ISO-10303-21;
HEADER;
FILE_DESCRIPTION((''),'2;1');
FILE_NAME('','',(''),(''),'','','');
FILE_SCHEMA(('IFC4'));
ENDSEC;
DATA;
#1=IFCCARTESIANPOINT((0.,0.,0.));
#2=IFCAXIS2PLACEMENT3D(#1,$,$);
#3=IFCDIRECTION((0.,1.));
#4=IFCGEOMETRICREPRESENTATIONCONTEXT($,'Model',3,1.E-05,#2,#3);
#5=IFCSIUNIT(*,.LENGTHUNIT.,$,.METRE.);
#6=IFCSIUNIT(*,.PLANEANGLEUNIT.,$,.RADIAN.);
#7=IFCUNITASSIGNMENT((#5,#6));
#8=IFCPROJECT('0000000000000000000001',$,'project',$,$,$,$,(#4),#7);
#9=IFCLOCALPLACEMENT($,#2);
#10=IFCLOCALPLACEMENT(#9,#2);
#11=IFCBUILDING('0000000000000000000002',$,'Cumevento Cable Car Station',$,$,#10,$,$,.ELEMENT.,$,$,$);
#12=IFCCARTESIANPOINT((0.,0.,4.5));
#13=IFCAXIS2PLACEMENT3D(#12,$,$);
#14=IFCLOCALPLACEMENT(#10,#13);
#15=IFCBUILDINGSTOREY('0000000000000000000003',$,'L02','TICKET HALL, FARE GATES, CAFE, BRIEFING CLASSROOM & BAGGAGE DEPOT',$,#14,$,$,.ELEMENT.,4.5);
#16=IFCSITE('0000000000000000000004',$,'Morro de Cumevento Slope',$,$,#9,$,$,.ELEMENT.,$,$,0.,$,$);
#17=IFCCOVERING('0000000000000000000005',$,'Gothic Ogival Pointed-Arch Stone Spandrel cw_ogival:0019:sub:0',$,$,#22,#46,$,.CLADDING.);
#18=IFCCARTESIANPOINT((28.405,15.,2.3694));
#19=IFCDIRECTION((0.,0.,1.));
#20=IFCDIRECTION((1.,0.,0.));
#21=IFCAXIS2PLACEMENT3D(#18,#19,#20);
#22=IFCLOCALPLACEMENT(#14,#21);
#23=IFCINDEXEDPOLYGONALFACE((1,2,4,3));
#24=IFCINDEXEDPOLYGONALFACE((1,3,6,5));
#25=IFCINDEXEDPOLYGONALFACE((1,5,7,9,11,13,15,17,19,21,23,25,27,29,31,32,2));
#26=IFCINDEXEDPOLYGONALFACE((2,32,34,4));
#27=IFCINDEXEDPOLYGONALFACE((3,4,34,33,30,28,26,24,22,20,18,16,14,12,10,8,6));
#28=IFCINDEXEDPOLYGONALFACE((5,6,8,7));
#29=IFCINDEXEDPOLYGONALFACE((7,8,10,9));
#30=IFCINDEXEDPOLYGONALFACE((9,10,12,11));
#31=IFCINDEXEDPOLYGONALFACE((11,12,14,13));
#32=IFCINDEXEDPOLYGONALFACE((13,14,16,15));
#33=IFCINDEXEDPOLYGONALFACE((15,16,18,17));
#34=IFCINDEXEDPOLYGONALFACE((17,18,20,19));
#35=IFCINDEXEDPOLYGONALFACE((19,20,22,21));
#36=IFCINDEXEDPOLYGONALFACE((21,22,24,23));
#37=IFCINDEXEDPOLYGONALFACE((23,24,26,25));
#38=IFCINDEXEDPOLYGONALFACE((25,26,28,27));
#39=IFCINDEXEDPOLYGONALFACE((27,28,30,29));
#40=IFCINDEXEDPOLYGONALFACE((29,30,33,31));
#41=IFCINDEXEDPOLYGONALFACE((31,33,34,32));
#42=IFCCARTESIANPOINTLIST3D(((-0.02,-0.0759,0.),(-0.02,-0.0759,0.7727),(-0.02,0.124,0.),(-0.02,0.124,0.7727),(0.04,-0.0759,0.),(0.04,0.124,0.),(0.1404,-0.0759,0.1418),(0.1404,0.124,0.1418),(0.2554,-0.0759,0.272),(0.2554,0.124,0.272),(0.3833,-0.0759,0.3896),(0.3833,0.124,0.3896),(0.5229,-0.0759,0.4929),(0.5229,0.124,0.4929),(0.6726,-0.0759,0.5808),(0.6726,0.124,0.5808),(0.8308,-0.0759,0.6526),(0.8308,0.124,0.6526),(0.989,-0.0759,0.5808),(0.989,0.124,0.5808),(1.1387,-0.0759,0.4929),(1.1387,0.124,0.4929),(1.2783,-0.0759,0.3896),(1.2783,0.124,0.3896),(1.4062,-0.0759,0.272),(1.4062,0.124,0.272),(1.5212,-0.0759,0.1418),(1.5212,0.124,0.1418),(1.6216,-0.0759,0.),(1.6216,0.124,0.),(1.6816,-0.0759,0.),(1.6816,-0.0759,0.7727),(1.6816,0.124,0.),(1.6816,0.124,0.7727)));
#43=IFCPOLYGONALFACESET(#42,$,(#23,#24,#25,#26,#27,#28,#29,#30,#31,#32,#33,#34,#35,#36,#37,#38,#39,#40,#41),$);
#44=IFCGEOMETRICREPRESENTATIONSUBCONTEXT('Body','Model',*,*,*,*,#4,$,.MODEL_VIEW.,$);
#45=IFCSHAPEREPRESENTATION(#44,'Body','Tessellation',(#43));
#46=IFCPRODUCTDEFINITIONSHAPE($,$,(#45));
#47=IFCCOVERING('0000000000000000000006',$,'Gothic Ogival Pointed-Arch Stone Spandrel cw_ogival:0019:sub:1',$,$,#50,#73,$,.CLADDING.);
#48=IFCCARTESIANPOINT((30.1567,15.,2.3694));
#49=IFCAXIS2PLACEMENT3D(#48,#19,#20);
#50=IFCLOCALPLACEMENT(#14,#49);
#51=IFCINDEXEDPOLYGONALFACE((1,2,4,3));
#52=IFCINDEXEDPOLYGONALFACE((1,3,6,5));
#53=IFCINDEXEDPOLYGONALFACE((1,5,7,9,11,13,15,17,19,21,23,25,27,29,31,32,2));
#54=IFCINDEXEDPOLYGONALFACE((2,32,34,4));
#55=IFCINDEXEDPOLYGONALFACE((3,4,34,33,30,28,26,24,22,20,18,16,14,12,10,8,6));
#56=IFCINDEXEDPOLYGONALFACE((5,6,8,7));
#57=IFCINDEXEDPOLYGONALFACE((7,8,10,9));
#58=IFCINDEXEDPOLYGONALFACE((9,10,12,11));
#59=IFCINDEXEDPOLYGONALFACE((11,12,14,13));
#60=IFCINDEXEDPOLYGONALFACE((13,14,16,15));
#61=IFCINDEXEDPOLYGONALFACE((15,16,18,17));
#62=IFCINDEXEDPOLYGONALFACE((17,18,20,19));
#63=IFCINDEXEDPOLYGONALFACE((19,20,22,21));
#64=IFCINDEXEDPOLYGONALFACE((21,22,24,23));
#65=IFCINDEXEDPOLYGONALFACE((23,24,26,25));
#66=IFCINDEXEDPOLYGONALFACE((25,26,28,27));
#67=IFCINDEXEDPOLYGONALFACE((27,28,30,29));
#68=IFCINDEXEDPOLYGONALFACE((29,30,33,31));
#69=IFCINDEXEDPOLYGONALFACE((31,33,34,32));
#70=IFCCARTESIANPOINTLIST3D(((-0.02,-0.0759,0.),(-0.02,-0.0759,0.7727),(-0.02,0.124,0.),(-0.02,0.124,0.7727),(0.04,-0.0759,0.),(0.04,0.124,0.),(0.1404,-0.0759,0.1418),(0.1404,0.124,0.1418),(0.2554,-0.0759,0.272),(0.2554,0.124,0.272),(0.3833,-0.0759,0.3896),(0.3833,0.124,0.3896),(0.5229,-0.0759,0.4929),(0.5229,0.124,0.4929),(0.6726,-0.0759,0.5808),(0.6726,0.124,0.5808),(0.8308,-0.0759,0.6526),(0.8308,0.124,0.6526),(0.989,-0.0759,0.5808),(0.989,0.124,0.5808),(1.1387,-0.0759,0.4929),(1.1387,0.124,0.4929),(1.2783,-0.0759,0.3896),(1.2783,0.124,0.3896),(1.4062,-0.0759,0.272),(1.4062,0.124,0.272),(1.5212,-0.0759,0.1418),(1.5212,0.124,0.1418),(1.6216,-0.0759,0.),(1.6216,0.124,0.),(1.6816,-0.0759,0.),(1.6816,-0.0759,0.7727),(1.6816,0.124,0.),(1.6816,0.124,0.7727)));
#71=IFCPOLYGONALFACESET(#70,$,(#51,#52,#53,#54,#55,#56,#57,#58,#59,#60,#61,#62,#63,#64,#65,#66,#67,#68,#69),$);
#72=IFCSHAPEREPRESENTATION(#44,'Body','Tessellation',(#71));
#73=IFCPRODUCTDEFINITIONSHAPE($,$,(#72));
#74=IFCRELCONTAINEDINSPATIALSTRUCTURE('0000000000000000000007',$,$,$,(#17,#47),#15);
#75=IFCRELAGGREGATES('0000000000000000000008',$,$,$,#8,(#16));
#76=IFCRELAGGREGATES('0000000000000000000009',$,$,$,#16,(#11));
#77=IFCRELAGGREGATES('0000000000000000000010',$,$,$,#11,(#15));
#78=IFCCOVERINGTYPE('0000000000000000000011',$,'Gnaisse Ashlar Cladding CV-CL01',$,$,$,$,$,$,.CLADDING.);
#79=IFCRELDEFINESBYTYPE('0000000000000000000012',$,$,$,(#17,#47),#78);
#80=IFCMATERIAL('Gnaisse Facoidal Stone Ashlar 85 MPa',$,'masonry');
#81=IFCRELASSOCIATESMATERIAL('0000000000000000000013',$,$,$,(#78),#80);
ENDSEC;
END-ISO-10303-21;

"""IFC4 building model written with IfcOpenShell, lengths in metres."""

from ifc_helpers import new_model, si_unit, direction, frame, origin, place, context, subcontext, project, spatial, polyline, outline, extrude, material, type_object, element, save


model = new_model("IFC4")

# Units and contexts
model_context = context("Model", 3, precision=1e-05, world=origin(), true_north=direction((0.0, 1.0)))
body_context = subcontext(model_context, "Body", "Model", "MODEL_VIEW")
ifc_project = project(units=[si_unit("LENGTHUNIT", "METRE"), si_unit("PLANEANGLEUNIT", "RADIAN")], contexts=[model_context])

# Site, building, storey
site_placement = place(None, origin())
site = spatial("IfcSite", under=ifc_project, at=site_placement, Name="Morro de Cumevento Slope", CompositionType="ELEMENT", RefElevation=0.0)
building_placement = place(site_placement, origin())
building = spatial("IfcBuilding", under=site, at=building_placement, Name="Cumevento Cable Car Station", CompositionType="ELEMENT")
storey_placement = place(building_placement, frame((0.0, 0.0, 4.5)))
storey = spatial("IfcBuildingStorey", under=building, at=storey_placement, Name="L02", Description="TICKET HALL, FARE GATES, CAFE, BRIEFING CLASSROOM & BAGGAGE DEPOT", CompositionType="ELEMENT", Elevation=4.5)

# Coverings
ifc_material_1 = material(Name="Gnaisse Facoidal Stone Ashlar 85 MPa", Category="masonry")
covering_type = type_object("IfcCoveringType", Name="Gnaisse Ashlar Cladding CV-CL01", PredefinedType="CLADDING", material=ifc_material_1)
for number, where, z_axis, x_axis, name in (
    (1, (28.405, 15.0, 2.3694), (0.0, 0.0, 1.0), (1.0, 0.0, 0.0), "Gothic Ogival Pointed-Arch Stone Spandrel cw_ogival:0019:sub:0"),
    (2, (30.1567, 15.0, 2.3694), (0.0, 0.0, 1.0), (1.0, 0.0, 0.0), "Gothic Ogival Pointed-Arch Stone Spandrel cw_ogival:0019:sub:1"),
):
    element("IfcCovering", number, at=place(storey_placement, frame(where, z_axis=z_axis, x_axis=x_axis)), inside=storey, type_object=covering_type, Name=name, PredefinedType="CLADDING", context=body_context, shape_type="SweptSolid", body=[
        extrude(outline(polyline([(-0.02, 0.0), (-0.02, 0.7727), (1.6816, 0.7727), (1.6816, 0.0), (1.6216, 0.0), (1.5212, 0.1418), (1.4062, 0.272), (1.2783, 0.3896), (1.1387, 0.4929), (0.989, 0.5808), (0.8308, 0.6526), (0.6726, 0.5808), (0.5229, 0.4929), (0.3833, 0.3896), (0.2554, 0.272), (0.1404, 0.1418), (0.04, 0.0), (-0.02, 0.0)])), frame((0.0, 0.124, 0.0), z_axis=(0.0, -1.0, 0.0), x_axis=(1.0, 0.0, 0.0)), (0.0, 0.0, 1.0), 0.2),
    ])

save(model, "model.ifc")
